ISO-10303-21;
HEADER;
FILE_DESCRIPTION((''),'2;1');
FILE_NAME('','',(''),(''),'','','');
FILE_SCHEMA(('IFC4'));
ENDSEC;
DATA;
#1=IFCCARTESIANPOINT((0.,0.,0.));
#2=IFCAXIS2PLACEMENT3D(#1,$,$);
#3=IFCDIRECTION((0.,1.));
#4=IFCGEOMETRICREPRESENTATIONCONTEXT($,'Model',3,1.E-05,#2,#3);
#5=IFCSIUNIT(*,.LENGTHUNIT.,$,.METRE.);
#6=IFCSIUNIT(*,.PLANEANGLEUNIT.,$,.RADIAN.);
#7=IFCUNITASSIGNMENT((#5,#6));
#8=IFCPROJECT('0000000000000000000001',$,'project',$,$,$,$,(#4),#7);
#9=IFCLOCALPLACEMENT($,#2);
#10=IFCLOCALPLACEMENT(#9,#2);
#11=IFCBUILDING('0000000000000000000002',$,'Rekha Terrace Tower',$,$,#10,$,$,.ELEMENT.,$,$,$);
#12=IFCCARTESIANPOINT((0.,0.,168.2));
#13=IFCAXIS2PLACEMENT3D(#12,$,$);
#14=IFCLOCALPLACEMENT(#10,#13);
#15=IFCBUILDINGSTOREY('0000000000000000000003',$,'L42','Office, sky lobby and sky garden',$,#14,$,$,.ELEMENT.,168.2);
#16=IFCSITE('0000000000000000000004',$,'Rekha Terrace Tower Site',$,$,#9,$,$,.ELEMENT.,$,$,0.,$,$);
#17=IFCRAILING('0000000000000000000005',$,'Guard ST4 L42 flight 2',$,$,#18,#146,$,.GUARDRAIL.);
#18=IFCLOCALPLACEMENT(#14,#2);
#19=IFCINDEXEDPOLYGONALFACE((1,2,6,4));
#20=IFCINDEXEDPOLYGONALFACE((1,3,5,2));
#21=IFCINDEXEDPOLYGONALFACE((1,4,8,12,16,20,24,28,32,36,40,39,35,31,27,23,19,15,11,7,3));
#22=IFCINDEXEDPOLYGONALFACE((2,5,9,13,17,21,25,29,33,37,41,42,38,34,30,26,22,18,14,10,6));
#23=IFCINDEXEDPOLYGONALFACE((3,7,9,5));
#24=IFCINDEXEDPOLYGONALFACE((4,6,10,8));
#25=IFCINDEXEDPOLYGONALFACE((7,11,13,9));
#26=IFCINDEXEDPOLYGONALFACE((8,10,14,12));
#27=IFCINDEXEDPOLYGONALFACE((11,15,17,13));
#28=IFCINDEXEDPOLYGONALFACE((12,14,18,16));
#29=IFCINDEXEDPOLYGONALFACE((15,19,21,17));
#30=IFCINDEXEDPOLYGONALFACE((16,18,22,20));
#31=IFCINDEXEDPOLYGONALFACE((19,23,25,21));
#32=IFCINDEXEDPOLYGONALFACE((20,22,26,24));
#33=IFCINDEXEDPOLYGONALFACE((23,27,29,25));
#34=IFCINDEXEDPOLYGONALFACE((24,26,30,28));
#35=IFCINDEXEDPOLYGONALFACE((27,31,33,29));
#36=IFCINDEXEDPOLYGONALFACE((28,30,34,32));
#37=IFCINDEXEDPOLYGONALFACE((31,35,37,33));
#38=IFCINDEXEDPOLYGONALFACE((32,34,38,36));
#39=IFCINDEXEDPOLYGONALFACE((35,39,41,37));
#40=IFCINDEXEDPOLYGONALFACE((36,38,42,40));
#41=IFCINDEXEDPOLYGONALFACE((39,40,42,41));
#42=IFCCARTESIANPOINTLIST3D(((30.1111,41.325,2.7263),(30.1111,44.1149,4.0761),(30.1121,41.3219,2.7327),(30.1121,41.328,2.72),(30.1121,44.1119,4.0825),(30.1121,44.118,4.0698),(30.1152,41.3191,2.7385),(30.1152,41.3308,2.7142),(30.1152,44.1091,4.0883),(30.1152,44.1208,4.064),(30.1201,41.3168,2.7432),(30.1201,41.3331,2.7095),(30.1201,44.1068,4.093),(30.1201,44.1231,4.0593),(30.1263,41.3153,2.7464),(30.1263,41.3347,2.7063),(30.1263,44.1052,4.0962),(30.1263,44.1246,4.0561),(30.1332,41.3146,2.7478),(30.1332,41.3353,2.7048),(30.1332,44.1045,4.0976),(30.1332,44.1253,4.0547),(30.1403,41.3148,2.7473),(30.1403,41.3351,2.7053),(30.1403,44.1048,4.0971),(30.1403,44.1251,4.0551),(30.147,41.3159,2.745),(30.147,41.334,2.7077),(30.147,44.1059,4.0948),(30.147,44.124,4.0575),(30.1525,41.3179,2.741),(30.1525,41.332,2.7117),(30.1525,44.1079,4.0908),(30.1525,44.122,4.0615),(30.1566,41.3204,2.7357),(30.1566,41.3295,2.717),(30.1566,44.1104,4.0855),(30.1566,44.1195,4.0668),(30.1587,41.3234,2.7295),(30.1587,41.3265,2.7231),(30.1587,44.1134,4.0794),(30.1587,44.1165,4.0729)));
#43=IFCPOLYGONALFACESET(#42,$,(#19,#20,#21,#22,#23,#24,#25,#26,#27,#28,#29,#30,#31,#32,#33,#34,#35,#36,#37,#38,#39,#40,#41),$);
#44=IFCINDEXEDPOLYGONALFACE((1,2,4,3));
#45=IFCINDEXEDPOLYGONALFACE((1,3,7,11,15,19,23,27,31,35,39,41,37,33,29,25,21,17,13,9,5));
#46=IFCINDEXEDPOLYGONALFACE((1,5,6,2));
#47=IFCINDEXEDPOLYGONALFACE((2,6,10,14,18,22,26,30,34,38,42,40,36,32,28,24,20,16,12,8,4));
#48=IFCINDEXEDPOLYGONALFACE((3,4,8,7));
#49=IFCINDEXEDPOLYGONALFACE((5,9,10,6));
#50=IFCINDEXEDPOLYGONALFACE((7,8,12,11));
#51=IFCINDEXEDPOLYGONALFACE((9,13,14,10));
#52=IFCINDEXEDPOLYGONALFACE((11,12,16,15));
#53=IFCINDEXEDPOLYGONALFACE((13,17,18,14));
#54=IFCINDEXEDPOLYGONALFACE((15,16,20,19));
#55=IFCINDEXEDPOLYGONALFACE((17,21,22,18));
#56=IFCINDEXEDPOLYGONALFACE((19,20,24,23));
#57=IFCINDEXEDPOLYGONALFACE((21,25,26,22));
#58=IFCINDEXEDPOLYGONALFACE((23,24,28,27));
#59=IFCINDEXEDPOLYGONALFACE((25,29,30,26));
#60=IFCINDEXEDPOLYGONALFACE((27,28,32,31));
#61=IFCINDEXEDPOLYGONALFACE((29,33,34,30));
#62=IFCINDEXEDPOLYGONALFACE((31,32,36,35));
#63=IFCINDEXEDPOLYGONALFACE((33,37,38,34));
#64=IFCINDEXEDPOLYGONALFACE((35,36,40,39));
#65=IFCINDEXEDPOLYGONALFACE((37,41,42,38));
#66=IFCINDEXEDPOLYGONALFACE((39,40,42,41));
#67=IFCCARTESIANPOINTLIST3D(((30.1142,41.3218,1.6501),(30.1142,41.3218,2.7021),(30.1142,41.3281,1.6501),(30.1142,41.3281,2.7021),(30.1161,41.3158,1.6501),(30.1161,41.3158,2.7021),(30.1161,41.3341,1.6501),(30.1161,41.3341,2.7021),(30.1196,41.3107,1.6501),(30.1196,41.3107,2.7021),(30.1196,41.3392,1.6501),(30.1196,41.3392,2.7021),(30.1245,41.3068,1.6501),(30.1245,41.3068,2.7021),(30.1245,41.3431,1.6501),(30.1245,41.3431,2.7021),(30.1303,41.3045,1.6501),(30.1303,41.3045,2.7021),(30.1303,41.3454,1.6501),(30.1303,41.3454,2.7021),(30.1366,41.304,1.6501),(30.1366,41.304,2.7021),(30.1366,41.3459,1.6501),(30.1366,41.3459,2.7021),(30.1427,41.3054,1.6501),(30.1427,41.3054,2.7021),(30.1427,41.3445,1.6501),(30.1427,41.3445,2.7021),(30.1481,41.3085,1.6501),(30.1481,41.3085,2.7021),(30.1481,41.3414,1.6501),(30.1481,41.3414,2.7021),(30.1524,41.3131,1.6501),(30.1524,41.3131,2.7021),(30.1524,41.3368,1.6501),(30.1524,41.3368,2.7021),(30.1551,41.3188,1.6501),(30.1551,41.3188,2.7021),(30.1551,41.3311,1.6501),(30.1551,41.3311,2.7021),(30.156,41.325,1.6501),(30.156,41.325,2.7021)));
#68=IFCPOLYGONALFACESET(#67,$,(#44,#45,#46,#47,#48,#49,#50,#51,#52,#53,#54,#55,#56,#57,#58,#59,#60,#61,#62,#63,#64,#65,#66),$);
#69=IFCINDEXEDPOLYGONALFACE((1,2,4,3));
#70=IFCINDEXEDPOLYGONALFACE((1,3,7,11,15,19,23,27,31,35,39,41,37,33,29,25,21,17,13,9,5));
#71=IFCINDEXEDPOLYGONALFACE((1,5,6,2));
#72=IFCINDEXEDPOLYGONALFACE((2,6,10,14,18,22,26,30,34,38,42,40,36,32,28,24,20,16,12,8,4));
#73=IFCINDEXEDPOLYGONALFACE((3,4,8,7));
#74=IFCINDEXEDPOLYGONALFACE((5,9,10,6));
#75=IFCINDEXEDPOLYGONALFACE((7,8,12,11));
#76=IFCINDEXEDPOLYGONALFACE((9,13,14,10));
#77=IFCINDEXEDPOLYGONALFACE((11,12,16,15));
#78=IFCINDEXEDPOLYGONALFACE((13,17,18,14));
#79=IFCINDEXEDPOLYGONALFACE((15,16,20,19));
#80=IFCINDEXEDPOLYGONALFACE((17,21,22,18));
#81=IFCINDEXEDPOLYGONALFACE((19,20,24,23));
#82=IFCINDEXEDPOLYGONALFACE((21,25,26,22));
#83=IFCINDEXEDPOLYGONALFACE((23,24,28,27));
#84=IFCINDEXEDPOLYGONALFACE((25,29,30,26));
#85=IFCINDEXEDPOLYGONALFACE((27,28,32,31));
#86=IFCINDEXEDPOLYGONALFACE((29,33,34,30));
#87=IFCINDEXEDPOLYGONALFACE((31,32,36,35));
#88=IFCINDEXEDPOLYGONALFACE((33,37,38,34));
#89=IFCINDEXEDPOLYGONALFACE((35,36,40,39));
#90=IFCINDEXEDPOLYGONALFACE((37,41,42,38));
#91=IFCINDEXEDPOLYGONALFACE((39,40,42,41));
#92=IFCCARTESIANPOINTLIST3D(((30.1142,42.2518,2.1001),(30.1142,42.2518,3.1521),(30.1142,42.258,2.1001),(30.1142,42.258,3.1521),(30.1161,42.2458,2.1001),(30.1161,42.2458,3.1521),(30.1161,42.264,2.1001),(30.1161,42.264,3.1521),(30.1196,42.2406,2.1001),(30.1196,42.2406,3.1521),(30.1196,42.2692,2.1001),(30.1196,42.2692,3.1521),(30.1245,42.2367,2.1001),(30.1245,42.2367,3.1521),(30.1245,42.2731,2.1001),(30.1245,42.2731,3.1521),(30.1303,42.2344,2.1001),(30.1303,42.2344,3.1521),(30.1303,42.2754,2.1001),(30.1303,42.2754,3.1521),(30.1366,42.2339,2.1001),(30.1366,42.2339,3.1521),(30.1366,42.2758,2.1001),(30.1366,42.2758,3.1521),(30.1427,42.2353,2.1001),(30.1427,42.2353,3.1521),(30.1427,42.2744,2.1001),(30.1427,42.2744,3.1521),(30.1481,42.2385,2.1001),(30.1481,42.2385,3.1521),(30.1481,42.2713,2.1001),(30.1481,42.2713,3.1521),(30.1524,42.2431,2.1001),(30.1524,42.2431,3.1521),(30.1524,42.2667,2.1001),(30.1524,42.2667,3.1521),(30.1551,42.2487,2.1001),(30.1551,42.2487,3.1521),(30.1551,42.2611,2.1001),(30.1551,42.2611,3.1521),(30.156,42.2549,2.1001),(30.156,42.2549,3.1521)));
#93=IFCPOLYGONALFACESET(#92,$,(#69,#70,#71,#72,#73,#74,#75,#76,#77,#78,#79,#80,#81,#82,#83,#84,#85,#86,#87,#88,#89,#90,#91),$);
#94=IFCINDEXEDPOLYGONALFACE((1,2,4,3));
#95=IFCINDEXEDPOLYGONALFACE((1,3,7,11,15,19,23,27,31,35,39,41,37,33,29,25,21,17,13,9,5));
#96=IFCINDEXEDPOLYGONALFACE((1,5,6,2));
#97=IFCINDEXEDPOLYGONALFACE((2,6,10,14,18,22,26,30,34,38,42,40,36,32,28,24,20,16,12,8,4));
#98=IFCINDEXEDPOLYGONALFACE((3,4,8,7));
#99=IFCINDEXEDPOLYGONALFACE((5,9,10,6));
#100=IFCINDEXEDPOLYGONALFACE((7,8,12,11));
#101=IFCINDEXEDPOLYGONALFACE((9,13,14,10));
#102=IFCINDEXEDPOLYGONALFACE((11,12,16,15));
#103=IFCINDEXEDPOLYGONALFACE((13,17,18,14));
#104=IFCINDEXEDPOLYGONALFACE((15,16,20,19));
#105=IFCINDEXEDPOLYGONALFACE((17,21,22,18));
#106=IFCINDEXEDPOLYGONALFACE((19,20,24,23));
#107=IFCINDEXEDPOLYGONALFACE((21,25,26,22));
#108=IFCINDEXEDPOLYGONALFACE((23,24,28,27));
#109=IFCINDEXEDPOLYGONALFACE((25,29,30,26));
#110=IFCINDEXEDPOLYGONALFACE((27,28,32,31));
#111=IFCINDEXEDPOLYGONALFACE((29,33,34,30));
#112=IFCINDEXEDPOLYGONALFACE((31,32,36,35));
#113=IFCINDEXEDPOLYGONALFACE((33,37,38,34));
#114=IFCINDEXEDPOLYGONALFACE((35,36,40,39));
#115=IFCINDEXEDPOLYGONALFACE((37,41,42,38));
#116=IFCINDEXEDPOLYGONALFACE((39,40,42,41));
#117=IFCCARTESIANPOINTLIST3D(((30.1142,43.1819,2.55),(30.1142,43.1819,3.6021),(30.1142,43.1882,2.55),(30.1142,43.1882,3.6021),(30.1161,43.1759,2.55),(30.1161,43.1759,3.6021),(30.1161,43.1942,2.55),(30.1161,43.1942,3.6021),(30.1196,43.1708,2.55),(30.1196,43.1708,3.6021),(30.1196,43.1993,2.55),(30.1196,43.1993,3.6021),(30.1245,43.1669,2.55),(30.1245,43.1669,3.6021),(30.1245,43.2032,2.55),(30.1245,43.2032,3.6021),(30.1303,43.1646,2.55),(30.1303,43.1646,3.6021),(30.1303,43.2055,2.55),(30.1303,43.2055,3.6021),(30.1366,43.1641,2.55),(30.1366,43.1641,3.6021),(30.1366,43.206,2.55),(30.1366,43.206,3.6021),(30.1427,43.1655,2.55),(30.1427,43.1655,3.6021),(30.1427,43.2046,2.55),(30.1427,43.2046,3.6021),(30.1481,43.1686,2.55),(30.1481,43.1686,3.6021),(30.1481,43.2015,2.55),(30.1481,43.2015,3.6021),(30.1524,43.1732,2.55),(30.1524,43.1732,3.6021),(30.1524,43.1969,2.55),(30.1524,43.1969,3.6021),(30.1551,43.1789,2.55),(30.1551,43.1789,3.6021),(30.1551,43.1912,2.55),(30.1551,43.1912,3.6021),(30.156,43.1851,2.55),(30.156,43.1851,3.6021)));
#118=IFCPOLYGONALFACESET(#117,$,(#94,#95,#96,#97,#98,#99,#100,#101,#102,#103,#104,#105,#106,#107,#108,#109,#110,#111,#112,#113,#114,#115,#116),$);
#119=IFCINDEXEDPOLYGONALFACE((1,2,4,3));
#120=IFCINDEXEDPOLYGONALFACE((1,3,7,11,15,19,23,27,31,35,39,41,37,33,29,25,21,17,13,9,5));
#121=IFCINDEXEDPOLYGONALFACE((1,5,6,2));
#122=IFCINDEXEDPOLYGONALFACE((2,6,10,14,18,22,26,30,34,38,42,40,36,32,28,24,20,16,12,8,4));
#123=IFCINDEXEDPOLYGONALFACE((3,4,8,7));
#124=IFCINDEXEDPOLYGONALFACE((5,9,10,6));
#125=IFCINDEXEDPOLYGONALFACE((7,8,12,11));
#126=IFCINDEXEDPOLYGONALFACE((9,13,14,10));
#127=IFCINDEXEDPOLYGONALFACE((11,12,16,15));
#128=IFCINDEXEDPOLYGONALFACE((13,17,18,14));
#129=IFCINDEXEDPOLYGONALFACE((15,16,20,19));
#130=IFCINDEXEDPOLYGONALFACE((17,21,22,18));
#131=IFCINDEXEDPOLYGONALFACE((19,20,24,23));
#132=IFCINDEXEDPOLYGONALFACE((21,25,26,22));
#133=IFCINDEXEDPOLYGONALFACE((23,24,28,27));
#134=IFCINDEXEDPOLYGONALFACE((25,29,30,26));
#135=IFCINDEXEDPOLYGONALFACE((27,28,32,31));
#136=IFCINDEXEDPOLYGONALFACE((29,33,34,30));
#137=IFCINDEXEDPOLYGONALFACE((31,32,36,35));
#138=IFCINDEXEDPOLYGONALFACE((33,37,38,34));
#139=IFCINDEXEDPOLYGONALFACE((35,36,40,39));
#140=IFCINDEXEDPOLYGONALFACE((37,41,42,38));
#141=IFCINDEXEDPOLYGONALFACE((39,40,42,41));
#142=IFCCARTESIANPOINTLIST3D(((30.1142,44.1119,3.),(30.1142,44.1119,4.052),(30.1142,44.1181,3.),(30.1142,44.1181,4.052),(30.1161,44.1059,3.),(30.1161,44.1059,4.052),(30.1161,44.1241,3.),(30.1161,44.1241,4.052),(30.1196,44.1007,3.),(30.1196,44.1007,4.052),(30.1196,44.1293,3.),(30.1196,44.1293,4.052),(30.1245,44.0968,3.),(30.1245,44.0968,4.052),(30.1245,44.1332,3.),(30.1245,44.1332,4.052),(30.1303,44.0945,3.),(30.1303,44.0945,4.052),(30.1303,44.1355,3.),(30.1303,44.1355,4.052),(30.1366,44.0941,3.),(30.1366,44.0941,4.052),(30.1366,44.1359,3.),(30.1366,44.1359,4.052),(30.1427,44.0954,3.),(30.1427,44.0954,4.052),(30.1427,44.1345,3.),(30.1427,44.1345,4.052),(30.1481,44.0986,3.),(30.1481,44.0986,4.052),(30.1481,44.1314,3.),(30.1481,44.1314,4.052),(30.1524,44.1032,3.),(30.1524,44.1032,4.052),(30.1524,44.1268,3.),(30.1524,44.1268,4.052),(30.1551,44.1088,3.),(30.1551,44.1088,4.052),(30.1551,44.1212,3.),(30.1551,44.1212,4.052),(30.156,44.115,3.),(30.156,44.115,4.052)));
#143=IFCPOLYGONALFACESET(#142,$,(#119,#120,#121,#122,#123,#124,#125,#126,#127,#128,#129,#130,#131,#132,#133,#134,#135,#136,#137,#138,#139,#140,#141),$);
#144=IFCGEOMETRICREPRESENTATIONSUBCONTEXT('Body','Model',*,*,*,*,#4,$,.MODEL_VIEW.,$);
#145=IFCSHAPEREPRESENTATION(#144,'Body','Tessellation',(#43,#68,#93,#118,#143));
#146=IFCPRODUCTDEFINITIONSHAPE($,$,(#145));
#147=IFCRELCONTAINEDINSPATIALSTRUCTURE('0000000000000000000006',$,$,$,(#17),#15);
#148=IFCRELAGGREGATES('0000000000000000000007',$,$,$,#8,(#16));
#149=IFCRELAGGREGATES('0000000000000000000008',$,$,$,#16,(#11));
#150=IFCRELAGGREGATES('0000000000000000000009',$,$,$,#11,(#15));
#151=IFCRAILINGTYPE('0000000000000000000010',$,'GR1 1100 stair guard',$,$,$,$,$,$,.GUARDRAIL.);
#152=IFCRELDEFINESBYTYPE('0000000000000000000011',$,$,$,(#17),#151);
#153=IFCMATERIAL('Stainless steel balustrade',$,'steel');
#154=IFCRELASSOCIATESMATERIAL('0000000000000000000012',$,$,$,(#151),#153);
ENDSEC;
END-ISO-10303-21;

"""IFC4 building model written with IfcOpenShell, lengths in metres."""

from ifc_helpers import new_model, si_unit, direction, frame, origin, origin_2d, place, context, subcontext, project, spatial, circle, extrude, material, type_object, element, save


model = new_model("IFC4")

# Units and contexts
model_context = context("Model", 3, precision=1e-05, world=origin(), true_north=direction((0.0, 1.0)))
body_context = subcontext(model_context, "Body", "Model", "MODEL_VIEW")
ifc_project = project(units=[si_unit("LENGTHUNIT", "METRE"), si_unit("PLANEANGLEUNIT", "RADIAN")], contexts=[model_context])

# Site, building, storey
site_placement = place(None, origin())
site = spatial("IfcSite", under=ifc_project, at=site_placement, Name="Rekha Terrace Tower Site", CompositionType="ELEMENT", RefElevation=0.0)
building_placement = place(site_placement, origin())
building = spatial("IfcBuilding", under=site, at=building_placement, Name="Rekha Terrace Tower", CompositionType="ELEMENT")
storey_placement = place(building_placement, frame((0.0, 0.0, 168.2)))
storey = spatial("IfcBuildingStorey", under=building, at=storey_placement, Name="L42", Description="Office, sky lobby and sky garden", CompositionType="ELEMENT", Elevation=168.2)

# Railing
ifc_material_1 = material(Name="Stainless steel balustrade", Category="steel")
railing_type_1 = type_object("IfcRailingType", Name="GR1 1100 stair guard", PredefinedType="GUARDRAIL", material=ifc_material_1)
railing_1_placement = place(storey_placement, frame((30.135, 41.325, 1.6501)))
element("IfcRailing", 1, at=railing_1_placement, inside=storey, type_object=railing_type_1, Name="Guard ST4 L42 flight 2", PredefinedType="GUARDRAIL", context=body_context, shape_type="SweptSolid", body=[
    extrude(circle(Radius=0.0239, at=origin_2d()), frame((0.0, 0.0, 1.0762), z_axis=(0.0, 0.90018, 0.435518), x_axis=(-1.0, 0.0, 0.0)), (0.0, 0.0, 1.0), 3.0994),
    extrude(circle(Radius=0.021, at=origin_2d()), origin(), (0.0, 0.0, 1.0), 1.052),
    extrude(circle(Radius=0.021, at=origin_2d()), frame((0.0, 0.9299, 0.45)), (0.0, 0.0, 1.0), 1.052),
    extrude(circle(Radius=0.021, at=origin_2d()), frame((0.0, 1.8601, 0.8999)), (0.0, 0.0, 1.0), 1.052),
    extrude(circle(Radius=0.021, at=origin_2d()), frame((0.0, 2.79, 1.3499)), (0.0, 0.0, 1.0), 1.052),
])

save(model, "model.ifc")
